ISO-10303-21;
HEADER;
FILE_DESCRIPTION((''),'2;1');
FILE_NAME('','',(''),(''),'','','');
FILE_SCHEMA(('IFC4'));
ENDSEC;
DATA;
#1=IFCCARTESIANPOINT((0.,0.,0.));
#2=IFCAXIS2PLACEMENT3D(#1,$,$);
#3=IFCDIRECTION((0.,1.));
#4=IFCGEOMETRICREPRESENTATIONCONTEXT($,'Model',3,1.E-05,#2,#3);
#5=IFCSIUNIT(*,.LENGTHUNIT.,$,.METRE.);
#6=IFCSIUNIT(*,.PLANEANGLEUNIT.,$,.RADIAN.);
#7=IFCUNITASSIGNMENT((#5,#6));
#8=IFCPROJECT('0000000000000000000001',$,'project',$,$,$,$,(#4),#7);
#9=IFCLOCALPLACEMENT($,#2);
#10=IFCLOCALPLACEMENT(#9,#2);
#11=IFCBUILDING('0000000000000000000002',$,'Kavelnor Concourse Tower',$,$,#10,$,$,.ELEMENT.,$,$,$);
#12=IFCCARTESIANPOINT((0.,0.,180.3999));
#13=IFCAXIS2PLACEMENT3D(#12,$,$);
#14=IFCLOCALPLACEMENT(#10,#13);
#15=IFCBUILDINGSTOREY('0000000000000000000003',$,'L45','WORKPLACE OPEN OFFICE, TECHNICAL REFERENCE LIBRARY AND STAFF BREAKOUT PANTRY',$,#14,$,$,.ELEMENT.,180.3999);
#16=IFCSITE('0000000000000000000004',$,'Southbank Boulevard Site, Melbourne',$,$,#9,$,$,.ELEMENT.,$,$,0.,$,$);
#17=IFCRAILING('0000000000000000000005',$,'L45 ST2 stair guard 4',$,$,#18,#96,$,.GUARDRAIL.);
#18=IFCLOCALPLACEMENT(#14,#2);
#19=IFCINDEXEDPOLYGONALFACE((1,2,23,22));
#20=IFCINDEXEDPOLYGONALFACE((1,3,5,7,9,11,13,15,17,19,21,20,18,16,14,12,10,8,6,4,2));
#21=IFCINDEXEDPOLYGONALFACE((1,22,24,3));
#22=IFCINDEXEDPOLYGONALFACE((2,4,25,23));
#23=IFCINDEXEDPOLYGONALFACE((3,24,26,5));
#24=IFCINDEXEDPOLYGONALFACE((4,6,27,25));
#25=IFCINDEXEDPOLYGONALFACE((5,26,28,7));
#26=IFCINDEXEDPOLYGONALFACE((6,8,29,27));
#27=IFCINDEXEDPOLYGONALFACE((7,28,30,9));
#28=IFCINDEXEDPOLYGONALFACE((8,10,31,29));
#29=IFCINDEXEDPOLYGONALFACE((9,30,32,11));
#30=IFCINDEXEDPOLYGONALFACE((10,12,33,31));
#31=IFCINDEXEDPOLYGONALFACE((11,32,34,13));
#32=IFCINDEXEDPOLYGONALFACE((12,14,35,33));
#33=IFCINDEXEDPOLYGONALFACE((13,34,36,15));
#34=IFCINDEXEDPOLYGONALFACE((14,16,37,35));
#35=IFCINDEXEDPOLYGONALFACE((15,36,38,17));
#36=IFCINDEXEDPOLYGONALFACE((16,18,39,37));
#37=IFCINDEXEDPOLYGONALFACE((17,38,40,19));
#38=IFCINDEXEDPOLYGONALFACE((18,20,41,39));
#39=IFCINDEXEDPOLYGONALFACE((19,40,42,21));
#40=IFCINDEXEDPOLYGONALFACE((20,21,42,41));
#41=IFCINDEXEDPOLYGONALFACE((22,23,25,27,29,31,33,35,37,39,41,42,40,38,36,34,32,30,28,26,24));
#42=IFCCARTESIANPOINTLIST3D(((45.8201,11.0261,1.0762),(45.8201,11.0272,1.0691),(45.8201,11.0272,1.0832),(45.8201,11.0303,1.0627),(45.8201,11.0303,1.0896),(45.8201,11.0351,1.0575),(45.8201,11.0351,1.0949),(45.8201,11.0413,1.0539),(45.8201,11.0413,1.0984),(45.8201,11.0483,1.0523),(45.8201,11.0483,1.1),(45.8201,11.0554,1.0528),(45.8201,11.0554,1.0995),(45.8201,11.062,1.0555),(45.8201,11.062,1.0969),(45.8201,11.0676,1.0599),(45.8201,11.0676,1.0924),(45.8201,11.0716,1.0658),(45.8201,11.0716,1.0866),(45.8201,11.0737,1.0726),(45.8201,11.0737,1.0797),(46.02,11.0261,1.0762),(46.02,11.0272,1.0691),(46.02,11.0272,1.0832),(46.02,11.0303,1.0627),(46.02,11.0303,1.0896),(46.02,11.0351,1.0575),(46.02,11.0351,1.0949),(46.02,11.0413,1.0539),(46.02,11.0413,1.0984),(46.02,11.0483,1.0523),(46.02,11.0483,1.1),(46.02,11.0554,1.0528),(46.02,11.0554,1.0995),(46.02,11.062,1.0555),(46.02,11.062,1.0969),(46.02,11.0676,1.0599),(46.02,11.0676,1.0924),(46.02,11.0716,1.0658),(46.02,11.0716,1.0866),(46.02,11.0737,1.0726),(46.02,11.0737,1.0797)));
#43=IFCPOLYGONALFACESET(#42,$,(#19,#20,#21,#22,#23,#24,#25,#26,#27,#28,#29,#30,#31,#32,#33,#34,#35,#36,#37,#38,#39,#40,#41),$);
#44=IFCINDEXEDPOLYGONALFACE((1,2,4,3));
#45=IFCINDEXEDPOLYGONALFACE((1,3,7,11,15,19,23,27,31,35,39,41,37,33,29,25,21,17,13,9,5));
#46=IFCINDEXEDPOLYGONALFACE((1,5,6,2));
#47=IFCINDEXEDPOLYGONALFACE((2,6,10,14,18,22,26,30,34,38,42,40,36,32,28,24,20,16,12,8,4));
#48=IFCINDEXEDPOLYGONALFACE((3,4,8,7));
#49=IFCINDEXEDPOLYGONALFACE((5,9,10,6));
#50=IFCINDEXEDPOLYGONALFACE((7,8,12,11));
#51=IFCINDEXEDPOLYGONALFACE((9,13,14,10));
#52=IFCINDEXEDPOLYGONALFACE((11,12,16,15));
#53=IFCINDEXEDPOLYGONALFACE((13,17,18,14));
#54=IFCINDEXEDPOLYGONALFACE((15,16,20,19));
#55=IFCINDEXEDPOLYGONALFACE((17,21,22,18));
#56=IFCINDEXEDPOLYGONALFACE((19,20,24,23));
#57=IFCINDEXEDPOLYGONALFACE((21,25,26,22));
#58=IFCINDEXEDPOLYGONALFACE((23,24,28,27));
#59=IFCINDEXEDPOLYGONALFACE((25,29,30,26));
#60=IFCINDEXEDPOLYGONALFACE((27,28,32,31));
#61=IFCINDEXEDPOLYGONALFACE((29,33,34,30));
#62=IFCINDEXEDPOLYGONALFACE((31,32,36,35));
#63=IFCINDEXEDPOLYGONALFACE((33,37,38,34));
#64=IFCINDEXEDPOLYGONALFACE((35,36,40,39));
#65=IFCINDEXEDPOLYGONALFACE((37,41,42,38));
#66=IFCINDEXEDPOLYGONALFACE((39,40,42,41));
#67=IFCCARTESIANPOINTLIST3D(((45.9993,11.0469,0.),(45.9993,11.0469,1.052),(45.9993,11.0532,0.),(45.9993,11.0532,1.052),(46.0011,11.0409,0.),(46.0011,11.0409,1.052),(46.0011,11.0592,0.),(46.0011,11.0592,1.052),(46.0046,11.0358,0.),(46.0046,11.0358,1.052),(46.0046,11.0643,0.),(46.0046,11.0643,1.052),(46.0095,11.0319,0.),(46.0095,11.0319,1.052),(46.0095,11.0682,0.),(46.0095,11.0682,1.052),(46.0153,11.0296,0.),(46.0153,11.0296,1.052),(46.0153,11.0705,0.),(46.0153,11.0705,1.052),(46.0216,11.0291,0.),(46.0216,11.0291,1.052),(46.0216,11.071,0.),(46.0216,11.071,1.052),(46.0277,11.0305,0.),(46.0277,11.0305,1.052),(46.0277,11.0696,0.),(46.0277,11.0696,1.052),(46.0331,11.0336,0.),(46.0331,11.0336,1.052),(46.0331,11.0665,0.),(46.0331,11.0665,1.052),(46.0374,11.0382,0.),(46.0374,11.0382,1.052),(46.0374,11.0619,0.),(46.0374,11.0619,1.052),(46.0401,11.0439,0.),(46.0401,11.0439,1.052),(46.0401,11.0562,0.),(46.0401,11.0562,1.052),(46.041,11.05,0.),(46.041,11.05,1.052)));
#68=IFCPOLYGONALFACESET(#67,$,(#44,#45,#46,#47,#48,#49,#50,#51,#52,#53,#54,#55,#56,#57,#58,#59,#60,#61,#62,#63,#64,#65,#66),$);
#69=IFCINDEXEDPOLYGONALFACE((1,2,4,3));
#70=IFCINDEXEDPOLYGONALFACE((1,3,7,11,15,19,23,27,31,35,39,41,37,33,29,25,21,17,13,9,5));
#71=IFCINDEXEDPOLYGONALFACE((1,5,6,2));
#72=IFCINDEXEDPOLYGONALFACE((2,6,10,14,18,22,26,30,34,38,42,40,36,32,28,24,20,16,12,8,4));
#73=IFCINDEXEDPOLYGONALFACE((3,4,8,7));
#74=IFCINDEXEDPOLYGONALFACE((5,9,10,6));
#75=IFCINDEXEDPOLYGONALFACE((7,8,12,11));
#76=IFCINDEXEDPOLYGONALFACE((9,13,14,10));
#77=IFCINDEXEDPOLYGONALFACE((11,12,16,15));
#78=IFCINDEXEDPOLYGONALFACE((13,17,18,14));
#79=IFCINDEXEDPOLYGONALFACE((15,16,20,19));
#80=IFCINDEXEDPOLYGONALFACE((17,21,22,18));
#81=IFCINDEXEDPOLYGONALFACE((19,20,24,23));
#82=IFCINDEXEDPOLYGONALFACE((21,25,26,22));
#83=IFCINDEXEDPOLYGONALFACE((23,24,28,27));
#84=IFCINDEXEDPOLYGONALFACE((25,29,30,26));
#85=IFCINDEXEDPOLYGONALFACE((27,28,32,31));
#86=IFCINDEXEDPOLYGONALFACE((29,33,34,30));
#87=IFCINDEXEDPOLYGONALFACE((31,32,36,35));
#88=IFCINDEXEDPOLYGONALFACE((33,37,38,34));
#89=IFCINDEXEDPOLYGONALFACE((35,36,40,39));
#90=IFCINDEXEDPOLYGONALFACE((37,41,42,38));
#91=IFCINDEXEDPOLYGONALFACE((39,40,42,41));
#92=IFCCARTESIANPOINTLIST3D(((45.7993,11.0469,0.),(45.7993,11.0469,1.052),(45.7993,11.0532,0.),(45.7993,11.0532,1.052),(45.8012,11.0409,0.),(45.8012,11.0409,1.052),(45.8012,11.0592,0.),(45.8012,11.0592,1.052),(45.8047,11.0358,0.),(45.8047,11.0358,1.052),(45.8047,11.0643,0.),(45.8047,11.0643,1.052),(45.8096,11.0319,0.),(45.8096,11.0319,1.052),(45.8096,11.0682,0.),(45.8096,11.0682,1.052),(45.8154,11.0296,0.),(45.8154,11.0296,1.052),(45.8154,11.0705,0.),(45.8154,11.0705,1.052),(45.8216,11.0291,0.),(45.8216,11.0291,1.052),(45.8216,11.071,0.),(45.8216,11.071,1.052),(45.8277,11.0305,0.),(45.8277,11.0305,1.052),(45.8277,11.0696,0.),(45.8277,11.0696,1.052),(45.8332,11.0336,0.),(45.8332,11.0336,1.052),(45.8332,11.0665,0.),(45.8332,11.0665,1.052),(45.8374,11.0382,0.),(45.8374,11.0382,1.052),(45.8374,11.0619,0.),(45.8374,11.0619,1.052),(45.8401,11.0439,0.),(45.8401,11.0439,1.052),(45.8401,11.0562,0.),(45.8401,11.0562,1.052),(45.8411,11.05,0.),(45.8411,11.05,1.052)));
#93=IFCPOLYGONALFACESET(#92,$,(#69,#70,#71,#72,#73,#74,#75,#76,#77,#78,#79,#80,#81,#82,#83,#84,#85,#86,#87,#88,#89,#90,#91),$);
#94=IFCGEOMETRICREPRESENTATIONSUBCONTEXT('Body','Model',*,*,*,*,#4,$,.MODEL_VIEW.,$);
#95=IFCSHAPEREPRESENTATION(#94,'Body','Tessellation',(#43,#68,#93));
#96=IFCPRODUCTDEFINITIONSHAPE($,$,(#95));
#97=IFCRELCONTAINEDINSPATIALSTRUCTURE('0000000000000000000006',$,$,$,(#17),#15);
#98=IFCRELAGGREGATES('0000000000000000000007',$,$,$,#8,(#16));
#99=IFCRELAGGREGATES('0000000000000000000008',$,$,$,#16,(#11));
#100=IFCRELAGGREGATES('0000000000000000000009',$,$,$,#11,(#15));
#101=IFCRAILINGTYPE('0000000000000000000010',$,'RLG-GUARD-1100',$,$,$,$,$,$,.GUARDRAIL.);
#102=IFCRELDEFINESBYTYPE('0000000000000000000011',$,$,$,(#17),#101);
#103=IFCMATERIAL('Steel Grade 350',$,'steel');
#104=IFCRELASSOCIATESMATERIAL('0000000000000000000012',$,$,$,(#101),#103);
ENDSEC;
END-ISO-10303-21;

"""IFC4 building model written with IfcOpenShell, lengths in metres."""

from ifc_helpers import new_model, si_unit, direction, frame, origin, origin_2d, place, context, subcontext, project, spatial, circle, extrude, material, type_object, element, save


model = new_model("IFC4")

# Units and contexts
model_context = context("Model", 3, precision=1e-05, world=origin(), true_north=direction((0.0, 1.0)))
body_context = subcontext(model_context, "Body", "Model", "MODEL_VIEW")
ifc_project = project(units=[si_unit("LENGTHUNIT", "METRE"), si_unit("PLANEANGLEUNIT", "RADIAN")], contexts=[model_context])

# Site, building, storey
site_placement = place(None, origin())
site = spatial("IfcSite", under=ifc_project, at=site_placement, Name="Southbank Boulevard Site, Melbourne", CompositionType="ELEMENT", RefElevation=0.0)
building_placement = place(site_placement, origin())
building = spatial("IfcBuilding", under=site, at=building_placement, Name="Kavelnor Concourse Tower", CompositionType="ELEMENT")
storey_placement = place(building_placement, frame((0.0, 0.0, 180.3999)))
storey = spatial("IfcBuildingStorey", under=building, at=storey_placement, Name="L45", Description="WORKPLACE OPEN OFFICE, TECHNICAL REFERENCE LIBRARY AND STAFF BREAKOUT PANTRY", CompositionType="ELEMENT", Elevation=180.3999)

# Shared definitions
ifc_material_1 = material(Name="Steel Grade 350", Category="steel")

# Railing
railing_type_1 = type_object("IfcRailingType", Name="RLG-GUARD-1100", PredefinedType="GUARDRAIL", material=ifc_material_1)
railing_1_placement = place(storey_placement, frame((46.02, 11.05, 0.0)))
element("IfcRailing", 1, at=railing_1_placement, inside=storey, type_object=railing_type_1, Name="L45 ST2 stair guard 4", PredefinedType="GUARDRAIL", context=body_context, shape_type="SweptSolid", body=[
    extrude(circle(Radius=0.0239, at=origin_2d()), frame((0.0, 0.0, 1.0762), z_axis=(-1.0, 0.0, 0.0), x_axis=(0.0, -1.0, 0.0)), (0.0, 0.0, 1.0), 0.2),
    extrude(circle(Radius=0.021, at=origin_2d()), origin(), (0.0, 0.0, 1.0), 1.052),
    extrude(circle(Radius=0.021, at=origin_2d()), frame((-0.2, 0.0, 0.0)), (0.0, 0.0, 1.0), 1.052),
])

save(model, "model.ifc")
